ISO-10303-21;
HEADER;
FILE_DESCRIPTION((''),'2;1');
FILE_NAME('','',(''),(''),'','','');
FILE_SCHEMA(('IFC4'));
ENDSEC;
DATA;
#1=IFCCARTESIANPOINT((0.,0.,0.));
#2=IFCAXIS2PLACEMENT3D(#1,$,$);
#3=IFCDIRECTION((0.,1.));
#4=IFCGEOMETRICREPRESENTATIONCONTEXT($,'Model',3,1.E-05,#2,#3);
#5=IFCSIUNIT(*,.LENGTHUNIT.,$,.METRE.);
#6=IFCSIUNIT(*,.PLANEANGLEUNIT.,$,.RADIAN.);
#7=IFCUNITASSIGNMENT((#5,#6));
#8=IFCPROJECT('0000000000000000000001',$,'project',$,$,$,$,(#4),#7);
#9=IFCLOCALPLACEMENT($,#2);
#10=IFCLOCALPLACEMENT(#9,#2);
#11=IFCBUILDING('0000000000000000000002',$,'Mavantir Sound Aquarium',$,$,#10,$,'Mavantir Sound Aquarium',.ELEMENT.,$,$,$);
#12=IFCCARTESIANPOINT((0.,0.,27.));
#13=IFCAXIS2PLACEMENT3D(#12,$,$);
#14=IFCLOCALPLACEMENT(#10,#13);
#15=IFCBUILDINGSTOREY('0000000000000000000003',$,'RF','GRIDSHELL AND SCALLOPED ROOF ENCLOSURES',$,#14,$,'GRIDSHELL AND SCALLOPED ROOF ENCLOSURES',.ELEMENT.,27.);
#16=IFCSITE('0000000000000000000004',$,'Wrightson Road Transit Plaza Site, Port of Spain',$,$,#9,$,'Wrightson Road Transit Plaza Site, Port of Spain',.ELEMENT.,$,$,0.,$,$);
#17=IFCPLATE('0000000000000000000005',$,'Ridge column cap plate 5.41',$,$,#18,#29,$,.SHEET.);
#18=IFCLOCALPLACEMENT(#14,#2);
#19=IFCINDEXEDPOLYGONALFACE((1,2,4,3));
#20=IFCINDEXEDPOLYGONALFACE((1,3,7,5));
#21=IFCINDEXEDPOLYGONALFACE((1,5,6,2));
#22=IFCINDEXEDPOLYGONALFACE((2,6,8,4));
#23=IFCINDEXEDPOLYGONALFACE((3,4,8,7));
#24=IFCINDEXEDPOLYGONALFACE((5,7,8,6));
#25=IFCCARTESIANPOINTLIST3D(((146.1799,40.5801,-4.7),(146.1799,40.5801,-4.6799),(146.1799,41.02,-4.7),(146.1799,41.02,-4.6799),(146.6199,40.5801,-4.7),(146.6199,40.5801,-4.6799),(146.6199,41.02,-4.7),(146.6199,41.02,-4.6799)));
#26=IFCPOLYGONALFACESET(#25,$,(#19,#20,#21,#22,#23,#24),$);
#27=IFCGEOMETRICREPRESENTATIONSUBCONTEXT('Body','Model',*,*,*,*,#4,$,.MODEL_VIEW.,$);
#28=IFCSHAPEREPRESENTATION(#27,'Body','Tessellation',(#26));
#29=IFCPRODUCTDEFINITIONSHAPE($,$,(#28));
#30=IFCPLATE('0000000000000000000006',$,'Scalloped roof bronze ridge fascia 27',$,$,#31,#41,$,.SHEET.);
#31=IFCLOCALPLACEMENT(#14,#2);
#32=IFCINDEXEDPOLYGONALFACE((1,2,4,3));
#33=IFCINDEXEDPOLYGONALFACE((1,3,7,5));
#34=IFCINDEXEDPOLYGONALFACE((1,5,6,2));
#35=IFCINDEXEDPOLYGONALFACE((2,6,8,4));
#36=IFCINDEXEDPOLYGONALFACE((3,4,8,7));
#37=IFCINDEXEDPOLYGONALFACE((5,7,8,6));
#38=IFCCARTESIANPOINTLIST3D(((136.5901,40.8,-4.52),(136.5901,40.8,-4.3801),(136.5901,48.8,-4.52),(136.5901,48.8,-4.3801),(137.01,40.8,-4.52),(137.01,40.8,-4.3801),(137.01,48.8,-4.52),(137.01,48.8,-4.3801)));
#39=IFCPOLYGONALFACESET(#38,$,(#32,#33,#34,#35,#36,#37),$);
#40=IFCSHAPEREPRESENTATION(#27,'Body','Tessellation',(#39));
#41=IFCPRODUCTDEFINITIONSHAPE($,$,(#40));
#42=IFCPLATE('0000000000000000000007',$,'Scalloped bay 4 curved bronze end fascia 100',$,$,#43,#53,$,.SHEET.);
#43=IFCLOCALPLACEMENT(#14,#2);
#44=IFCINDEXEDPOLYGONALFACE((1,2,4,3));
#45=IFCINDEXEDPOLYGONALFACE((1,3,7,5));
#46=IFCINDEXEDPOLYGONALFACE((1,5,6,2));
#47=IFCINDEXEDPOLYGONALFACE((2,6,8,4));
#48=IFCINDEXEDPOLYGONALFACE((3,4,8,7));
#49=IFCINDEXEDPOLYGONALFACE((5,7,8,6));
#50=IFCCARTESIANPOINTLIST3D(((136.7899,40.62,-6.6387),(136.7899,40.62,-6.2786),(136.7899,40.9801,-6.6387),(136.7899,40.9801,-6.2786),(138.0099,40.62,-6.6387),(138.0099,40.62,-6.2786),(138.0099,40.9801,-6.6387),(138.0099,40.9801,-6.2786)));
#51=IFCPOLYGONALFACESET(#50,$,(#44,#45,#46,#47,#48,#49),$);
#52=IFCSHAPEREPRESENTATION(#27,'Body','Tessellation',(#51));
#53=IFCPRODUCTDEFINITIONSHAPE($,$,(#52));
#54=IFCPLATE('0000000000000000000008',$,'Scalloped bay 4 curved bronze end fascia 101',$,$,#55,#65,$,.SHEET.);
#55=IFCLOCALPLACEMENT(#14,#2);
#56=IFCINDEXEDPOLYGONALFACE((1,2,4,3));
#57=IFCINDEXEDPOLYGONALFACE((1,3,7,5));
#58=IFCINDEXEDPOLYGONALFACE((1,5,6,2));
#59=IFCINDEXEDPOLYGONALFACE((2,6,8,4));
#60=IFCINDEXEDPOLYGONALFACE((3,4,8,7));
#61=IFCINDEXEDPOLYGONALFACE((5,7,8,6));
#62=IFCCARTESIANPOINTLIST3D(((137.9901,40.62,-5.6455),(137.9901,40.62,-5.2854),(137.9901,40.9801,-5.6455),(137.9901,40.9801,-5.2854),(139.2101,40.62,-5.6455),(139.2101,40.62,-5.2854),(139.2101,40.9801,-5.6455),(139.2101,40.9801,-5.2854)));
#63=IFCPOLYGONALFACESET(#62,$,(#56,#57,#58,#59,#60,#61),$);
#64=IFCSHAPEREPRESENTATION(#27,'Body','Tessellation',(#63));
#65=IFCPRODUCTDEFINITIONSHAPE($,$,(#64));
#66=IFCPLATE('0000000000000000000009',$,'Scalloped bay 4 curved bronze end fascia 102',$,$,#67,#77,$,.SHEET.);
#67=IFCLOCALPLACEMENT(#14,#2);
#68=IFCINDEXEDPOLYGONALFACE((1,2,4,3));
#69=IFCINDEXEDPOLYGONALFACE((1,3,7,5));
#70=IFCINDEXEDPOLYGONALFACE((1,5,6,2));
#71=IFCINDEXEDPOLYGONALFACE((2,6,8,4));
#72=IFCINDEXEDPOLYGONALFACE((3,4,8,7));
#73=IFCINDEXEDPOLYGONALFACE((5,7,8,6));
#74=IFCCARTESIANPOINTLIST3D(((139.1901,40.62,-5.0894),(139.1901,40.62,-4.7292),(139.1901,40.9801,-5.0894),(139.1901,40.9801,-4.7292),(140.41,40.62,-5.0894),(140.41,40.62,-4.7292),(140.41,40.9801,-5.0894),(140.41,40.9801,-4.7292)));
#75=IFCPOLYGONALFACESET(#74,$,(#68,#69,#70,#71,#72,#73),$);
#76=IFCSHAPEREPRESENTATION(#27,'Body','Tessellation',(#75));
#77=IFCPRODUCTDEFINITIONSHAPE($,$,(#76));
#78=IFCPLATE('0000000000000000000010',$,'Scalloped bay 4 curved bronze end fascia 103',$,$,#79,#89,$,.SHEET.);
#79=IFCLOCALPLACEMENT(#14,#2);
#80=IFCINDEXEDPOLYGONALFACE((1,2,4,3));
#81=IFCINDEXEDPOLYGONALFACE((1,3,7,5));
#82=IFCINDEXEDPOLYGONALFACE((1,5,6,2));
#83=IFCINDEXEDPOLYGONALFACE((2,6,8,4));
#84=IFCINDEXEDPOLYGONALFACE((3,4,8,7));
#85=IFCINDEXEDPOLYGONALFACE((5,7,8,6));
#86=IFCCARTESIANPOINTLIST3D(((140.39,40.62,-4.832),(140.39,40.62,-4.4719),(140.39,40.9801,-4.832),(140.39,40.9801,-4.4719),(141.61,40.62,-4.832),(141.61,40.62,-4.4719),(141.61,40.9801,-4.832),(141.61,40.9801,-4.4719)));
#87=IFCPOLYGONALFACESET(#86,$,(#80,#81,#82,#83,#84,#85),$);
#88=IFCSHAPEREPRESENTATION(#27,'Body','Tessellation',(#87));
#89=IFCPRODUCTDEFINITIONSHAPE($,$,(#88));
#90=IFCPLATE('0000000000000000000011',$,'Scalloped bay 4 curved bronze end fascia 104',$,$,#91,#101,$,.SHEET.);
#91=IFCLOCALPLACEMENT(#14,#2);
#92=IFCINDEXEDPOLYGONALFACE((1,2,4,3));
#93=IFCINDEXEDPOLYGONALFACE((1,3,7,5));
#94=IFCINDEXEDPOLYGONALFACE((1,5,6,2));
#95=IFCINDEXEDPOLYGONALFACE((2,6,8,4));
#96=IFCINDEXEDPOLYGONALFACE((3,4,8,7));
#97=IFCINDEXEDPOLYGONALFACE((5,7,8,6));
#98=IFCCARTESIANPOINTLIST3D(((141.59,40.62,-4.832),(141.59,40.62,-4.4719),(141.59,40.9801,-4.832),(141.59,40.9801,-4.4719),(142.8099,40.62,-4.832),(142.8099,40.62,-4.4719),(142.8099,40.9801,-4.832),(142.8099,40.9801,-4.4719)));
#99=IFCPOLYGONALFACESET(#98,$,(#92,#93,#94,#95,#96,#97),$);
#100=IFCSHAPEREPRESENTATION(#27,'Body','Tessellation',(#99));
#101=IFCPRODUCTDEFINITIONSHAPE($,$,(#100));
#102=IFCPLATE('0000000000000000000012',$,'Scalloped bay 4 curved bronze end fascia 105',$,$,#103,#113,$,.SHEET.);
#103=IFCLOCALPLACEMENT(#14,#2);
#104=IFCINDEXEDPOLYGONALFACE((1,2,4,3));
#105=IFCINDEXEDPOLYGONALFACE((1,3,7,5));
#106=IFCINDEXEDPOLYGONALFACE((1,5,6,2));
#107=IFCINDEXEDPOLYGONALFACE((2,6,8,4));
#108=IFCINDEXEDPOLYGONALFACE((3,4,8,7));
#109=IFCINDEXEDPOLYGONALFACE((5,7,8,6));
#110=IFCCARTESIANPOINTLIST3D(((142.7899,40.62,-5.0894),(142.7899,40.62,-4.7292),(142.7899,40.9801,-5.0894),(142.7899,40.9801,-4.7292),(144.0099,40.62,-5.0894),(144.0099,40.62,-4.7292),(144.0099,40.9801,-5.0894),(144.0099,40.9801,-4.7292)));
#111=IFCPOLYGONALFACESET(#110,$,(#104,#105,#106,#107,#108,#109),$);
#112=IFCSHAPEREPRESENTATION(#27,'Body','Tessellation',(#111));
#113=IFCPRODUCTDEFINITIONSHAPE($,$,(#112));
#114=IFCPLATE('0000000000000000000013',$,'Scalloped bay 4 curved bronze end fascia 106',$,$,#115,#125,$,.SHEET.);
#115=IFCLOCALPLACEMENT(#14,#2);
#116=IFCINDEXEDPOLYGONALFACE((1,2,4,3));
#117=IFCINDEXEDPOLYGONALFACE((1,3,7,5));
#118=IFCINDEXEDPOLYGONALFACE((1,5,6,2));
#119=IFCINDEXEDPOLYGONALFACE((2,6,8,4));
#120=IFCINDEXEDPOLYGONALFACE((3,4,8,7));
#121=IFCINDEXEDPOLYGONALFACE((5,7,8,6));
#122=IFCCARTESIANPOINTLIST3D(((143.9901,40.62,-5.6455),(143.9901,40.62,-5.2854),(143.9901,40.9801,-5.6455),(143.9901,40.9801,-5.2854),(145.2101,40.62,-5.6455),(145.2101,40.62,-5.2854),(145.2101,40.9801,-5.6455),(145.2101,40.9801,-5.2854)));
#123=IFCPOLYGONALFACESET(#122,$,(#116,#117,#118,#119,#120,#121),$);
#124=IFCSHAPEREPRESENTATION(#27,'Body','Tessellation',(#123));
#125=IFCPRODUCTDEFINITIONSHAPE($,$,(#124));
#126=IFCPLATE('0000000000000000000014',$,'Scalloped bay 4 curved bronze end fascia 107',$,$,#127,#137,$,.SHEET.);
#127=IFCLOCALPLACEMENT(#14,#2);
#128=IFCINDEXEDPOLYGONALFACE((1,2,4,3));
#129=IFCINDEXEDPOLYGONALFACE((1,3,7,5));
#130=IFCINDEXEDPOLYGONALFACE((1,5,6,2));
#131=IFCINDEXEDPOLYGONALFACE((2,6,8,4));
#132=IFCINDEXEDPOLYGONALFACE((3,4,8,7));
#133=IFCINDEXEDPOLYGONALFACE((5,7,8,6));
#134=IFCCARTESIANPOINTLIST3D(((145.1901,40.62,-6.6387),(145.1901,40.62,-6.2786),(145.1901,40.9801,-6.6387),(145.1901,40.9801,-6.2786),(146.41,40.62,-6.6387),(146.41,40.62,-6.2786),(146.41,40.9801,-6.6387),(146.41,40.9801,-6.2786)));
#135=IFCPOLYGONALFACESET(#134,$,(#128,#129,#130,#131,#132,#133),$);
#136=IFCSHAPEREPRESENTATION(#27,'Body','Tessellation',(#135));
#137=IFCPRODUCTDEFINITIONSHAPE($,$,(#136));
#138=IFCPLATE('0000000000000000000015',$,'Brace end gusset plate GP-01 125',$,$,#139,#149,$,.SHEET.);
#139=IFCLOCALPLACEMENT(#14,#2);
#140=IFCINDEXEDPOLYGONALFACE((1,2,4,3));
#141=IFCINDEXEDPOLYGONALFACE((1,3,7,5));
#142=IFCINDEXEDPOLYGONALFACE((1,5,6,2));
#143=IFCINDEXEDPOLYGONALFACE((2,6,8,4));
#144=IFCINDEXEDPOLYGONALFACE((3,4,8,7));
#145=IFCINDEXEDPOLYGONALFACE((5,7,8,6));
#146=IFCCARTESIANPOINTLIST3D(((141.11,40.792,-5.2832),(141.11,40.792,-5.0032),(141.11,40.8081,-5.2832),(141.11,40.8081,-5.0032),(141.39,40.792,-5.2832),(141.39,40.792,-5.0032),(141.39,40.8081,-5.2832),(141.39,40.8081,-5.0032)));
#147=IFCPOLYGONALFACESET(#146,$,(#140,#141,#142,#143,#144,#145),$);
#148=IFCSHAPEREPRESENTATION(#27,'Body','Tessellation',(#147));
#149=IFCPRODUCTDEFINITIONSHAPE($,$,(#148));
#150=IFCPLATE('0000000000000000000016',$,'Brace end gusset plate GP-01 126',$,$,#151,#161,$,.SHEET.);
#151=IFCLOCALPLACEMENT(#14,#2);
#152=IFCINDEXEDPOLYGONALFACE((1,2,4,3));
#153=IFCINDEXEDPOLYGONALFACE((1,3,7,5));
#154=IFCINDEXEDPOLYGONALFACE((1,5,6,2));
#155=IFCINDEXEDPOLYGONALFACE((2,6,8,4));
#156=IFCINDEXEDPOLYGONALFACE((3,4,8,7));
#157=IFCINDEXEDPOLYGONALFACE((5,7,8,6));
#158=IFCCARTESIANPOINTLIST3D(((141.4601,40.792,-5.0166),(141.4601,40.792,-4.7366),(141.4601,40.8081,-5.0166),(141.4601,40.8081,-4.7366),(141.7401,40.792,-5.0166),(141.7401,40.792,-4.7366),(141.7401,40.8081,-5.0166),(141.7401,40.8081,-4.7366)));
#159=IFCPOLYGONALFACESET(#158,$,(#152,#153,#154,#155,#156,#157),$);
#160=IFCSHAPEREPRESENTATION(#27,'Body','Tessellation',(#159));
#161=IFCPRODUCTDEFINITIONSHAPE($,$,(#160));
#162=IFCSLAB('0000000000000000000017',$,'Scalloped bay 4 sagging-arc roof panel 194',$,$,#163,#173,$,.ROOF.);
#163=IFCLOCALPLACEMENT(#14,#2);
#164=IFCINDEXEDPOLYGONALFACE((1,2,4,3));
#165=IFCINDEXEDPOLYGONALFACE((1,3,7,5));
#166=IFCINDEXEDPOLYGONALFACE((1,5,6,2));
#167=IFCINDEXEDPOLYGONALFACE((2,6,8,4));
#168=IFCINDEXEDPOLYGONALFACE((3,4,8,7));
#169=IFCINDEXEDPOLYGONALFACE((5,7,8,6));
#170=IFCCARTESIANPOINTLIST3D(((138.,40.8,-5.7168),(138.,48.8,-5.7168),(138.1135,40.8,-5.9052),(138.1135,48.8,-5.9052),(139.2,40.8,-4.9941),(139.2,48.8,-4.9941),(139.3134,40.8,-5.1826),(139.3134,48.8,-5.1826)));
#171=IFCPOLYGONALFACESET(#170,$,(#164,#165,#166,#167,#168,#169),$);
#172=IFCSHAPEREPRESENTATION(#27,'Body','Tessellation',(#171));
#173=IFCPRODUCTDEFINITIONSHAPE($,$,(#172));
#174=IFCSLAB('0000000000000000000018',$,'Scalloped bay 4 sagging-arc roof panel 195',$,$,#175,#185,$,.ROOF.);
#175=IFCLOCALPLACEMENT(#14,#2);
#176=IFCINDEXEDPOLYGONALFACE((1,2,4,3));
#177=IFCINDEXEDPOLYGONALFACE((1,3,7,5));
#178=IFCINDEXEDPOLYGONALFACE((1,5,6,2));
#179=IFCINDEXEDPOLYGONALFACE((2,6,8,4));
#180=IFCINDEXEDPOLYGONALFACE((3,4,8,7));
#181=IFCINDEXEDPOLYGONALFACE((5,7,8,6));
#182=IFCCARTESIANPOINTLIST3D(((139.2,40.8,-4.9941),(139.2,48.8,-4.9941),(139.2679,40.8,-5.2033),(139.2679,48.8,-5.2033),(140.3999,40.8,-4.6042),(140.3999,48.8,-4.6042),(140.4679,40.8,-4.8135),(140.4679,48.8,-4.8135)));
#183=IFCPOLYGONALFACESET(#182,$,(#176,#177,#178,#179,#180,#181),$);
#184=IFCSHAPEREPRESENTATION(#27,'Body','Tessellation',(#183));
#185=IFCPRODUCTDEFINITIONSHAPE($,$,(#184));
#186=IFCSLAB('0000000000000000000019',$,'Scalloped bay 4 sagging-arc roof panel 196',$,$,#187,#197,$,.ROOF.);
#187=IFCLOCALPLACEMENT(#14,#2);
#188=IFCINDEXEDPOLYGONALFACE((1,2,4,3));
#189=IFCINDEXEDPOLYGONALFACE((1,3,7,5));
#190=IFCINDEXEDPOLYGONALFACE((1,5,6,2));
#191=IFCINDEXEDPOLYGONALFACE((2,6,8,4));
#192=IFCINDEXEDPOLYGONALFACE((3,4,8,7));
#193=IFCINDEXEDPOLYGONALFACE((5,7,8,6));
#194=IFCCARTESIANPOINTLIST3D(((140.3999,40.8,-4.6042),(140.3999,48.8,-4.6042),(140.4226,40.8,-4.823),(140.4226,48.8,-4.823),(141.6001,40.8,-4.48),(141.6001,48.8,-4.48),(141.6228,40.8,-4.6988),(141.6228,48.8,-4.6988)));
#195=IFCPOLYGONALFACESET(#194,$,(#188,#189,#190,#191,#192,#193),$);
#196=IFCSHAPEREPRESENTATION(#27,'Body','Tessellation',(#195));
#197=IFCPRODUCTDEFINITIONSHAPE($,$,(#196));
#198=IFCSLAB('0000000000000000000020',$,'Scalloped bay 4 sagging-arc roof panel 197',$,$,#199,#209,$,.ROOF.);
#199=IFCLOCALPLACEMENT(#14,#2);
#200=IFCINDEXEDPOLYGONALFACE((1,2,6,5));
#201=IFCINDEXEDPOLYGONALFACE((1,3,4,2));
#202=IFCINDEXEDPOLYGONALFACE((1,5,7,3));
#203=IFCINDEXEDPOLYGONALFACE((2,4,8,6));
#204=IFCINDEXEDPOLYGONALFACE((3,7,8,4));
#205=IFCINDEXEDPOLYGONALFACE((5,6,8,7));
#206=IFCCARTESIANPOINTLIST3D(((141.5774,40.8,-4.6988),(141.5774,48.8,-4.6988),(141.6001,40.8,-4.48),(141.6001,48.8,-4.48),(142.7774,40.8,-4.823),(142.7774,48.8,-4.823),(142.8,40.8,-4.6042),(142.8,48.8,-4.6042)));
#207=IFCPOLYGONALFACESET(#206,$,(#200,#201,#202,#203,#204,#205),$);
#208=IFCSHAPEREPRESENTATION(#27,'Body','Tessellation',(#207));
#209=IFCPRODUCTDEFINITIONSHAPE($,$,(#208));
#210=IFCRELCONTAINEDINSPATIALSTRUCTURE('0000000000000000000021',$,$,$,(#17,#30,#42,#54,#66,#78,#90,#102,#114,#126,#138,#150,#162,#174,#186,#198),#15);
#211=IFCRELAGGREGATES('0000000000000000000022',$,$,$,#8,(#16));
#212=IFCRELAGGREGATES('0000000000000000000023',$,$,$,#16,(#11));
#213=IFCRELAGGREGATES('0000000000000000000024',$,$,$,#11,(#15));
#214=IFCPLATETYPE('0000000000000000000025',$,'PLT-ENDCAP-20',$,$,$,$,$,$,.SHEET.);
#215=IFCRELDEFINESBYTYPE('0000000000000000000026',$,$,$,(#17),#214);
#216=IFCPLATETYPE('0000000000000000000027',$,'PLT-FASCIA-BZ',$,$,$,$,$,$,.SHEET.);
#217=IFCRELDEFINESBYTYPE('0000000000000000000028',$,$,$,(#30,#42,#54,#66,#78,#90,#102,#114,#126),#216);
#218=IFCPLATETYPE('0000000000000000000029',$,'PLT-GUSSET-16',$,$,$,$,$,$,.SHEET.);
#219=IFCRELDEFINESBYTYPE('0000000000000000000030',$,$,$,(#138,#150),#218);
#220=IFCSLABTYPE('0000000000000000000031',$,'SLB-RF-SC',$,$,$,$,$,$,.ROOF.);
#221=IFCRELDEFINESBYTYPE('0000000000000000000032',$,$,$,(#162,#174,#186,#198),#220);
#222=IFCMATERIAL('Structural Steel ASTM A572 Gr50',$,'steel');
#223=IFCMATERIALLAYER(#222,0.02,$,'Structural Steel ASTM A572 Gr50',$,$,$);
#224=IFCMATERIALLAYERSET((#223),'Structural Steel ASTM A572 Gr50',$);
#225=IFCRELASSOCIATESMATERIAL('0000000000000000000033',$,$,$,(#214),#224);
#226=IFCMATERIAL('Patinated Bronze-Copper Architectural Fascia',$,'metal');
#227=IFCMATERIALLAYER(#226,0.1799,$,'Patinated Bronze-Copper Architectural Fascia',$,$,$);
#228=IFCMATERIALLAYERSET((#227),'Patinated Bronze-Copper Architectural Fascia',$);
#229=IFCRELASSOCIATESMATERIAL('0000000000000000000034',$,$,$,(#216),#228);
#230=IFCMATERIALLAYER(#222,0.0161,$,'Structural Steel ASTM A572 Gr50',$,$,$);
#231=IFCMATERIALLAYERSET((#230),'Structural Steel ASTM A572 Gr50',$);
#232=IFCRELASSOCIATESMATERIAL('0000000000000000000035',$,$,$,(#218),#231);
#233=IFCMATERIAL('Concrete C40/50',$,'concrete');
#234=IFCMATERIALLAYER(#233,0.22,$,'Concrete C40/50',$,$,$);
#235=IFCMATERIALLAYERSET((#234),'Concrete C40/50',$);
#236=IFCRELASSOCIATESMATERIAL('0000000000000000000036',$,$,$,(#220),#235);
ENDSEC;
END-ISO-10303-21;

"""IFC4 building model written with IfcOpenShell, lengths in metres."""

from ifc_helpers import new_model, si_unit, direction, frame, origin, origin_2d, place, context, subcontext, project, spatial, polyline, rectangle, outline, extrude, material, layer, layer_set, type_object, element, save


model = new_model("IFC4")

# Units and contexts
model_context = context("Model", 3, precision=1e-05, world=origin(), true_north=direction((0.0, 1.0)))
body_context = subcontext(model_context, "Body", "Model", "MODEL_VIEW")
ifc_project = project(units=[si_unit("LENGTHUNIT", "METRE"), si_unit("PLANEANGLEUNIT", "RADIAN")], contexts=[model_context])

# Site, building, storey
site_placement = place(None, origin())
site = spatial("IfcSite", under=ifc_project, at=site_placement, Name="Wrightson Road Transit Plaza Site, Port of Spain", LongName="Wrightson Road Transit Plaza Site, Port of Spain", CompositionType="ELEMENT", RefElevation=0.0)
building_placement = place(site_placement, origin())
building = spatial("IfcBuilding", under=site, at=building_placement, Name="Mavantir Sound Aquarium", LongName="Mavantir Sound Aquarium", CompositionType="ELEMENT")
storey_placement = place(building_placement, frame((0.0, 0.0, 27.0)))
storey = spatial("IfcBuildingStorey", under=building, at=storey_placement, Name="RF", Description="GRIDSHELL AND SCALLOPED ROOF ENCLOSURES", LongName="GRIDSHELL AND SCALLOPED ROOF ENCLOSURES", CompositionType="ELEMENT", Elevation=27.0)

# Shared definitions
ifc_material_1 = material(Name="Concrete C40/50", Category="concrete")

# Plates
ifc_material_2 = material(Name="Structural Steel ASTM A572 Gr50", Category="steel")
ifc_layer_1 = layer(ifc_material_2, 0.02, Name="Structural Steel ASTM A572 Gr50")
ifc_layer_set_1 = layer_set([ifc_layer_1], Name="Structural Steel ASTM A572 Gr50")
plate_type_1 = type_object("IfcPlateType", Name="PLT-ENDCAP-20", PredefinedType="SHEET", material=ifc_layer_set_1)
plate_1_placement = place(storey_placement, frame((146.3999, 40.8, -4.7), z_axis=(0.0, 0.0, 1.0), x_axis=(1.0, 0.0, 0.0)))
element("IfcPlate", 1, at=plate_1_placement, inside=storey, type_object=plate_type_1, Name="Ridge column cap plate 5.41", PredefinedType="SHEET", context=body_context, shape_type="SweptSolid", body=[
    extrude(rectangle(XDim=0.4399, YDim=0.4399, at=origin_2d()), origin(), (0.0, 0.0, 1.0), 0.02),
])
ifc_material_3 = material(Name="Patinated Bronze-Copper Architectural Fascia", Category="metal")
ifc_layer_2 = layer(ifc_material_3, 0.1799, Name="Patinated Bronze-Copper Architectural Fascia")
ifc_layer_set_2 = layer_set([ifc_layer_2], Name="Patinated Bronze-Copper Architectural Fascia")
plate_type_2 = type_object("IfcPlateType", Name="PLT-FASCIA-BZ", PredefinedType="SHEET", material=ifc_layer_set_2)
plate_2_placement = place(storey_placement, frame((136.8, 44.8, -4.52), z_axis=(0.0, 0.0, 1.0), x_axis=(1.0, 0.0, 0.0)))
element("IfcPlate", 2, at=plate_2_placement, inside=storey, type_object=plate_type_2, Name="Scalloped roof bronze ridge fascia 27", PredefinedType="SHEET", context=body_context, shape_type="SweptSolid", body=[
    extrude(rectangle(XDim=0.4199, YDim=8.0, at=origin_2d()), origin(), (0.0, 0.0, 1.0), 0.1399),
])
for number, where, z_axis, x_axis, name in (
    (3, (137.3999, 40.8, -6.6387), (0.0, 0.0, 1.0), (1.0, 0.0, 0.0), "Scalloped bay 4 curved bronze end fascia 100"),
    (4, (138.6001, 40.8, -5.6455), (0.0, 0.0, 1.0), (1.0, 0.0, 0.0), "Scalloped bay 4 curved bronze end fascia 101"),
    (5, (139.8, 40.8, -5.0894), (0.0, 0.0, 1.0), (1.0, 0.0, 0.0), "Scalloped bay 4 curved bronze end fascia 102"),
    (6, (141.0, 40.8, -4.832), (0.0, 0.0, 1.0), (1.0, 0.0, 0.0), "Scalloped bay 4 curved bronze end fascia 103"),
    (7, (142.2, 40.8, -4.832), (0.0, 0.0, 1.0), (1.0, 0.0, 0.0), "Scalloped bay 4 curved bronze end fascia 104"),
    (8, (143.3999, 40.8, -5.0894), (0.0, 0.0, 1.0), (1.0, 0.0, 0.0), "Scalloped bay 4 curved bronze end fascia 105"),
    (9, (144.6001, 40.8, -5.6455), (0.0, 0.0, 1.0), (1.0, 0.0, 0.0), "Scalloped bay 4 curved bronze end fascia 106"),
    (10, (145.8, 40.8, -6.6387), (0.0, 0.0, 1.0), (1.0, 0.0, 0.0), "Scalloped bay 4 curved bronze end fascia 107"),
):
    element("IfcPlate", number, at=place(storey_placement, frame(where, z_axis=z_axis, x_axis=x_axis)), inside=storey, type_object=plate_type_2, Name=name, PredefinedType="SHEET", context=body_context, shape_type="SweptSolid", body=[
        extrude(rectangle(XDim=1.22, YDim=0.3601, at=origin_2d()), origin(), (0.0, 0.0, 1.0), 0.3601),
    ])
ifc_layer_3 = layer(ifc_material_2, 0.0161, Name="Structural Steel ASTM A572 Gr50")
ifc_layer_set_3 = layer_set([ifc_layer_3], Name="Structural Steel ASTM A572 Gr50")
plate_type_3 = type_object("IfcPlateType", Name="PLT-GUSSET-16", PredefinedType="SHEET", material=ifc_layer_set_3)
for number, where, z_axis, x_axis, name in (
    (11, (141.25, 40.8, -5.2832), (0.0, 0.0, 1.0), (1.0, 0.0, 0.0), "Brace end gusset plate GP-01 125"),
    (12, (141.6001, 40.8, -5.0166), (0.0, 0.0, 1.0), (1.0, 0.0, 0.0), "Brace end gusset plate GP-01 126"),
):
    element("IfcPlate", number, at=place(storey_placement, frame(where, z_axis=z_axis, x_axis=x_axis)), inside=storey, type_object=plate_type_3, Name=name, PredefinedType="SHEET", context=body_context, shape_type="SweptSolid", body=[
        extrude(rectangle(XDim=0.28, YDim=0.0161, at=origin_2d()), origin(), (0.0, 0.0, 1.0), 0.28),
    ])

# Slabs
ifc_layer_4 = layer(ifc_material_1, 0.22, Name="Concrete C40/50")
ifc_layer_set_4 = layer_set([ifc_layer_4], Name="Concrete C40/50")
slab_type = type_object("IfcSlabType", Name="SLB-RF-SC", PredefinedType="ROOF", material=ifc_layer_set_4)
slab_1_placement = place(storey_placement, frame((138.0, 40.8, -5.7168), z_axis=(-0.515905, 0.0, 0.856646), x_axis=(0.856646, 0.0, 0.515905)))
element("IfcSlab", 13, at=slab_1_placement, inside=storey, type_object=slab_type, Name="Scalloped bay 4 sagging-arc roof panel 194", PredefinedType="ROOF", context=body_context, shape_type="SweptSolid", body=[
    extrude(outline(polyline([(0.0, 0.0), (1.4008, 0.0), (1.4008, 8.0), (0.0, 8.0), (0.0, 0.0)])), origin(), (0.0, 0.0, -1.0), 0.22),
])
slab_2_placement = place(storey_placement, frame((139.2, 40.8, -4.9941), z_axis=(-0.30902, 0.0, 0.951055), x_axis=(0.951055, 0.0, 0.30902)))
element("IfcSlab", 14, at=slab_2_placement, inside=storey, type_object=slab_type, Name="Scalloped bay 4 sagging-arc roof panel 195", PredefinedType="ROOF", context=body_context, shape_type="SweptSolid", body=[
    extrude(outline(polyline([(0.0, 0.0), (1.2617, 0.0), (1.2617, 8.0), (0.0, 8.0), (0.0, 0.0)])), origin(), (0.0, 0.0, -1.0), 0.22),
])
slab_3_placement = place(storey_placement, frame((140.3999, 40.8, -4.6042), z_axis=(-0.102989, 0.0, 0.994683), x_axis=(0.994683, 0.0, 0.102989)))
element("IfcSlab", 15, at=slab_3_placement, inside=storey, type_object=slab_type, Name="Scalloped bay 4 sagging-arc roof panel 196", PredefinedType="ROOF", context=body_context, shape_type="SweptSolid", body=[
    extrude(outline(polyline([(0.0, 0.0), (1.2066, 0.0), (1.2066, 8.0), (0.0, 8.0), (0.0, 0.0)])), origin(), (0.0, 0.0, -1.0), 0.22),
])
slab_4_placement = place(storey_placement, frame((141.6001, 40.8, -4.48), z_axis=(0.10301, 0.0, 0.99468), x_axis=(0.99468, 0.0, -0.10301)))
element("IfcSlab", 16, at=slab_4_placement, inside=storey, type_object=slab_type, Name="Scalloped bay 4 sagging-arc roof panel 197", PredefinedType="ROOF", context=body_context, shape_type="SweptSolid", body=[
    extrude(outline(polyline([(0.0, 0.0), (1.2064, 0.0), (1.2064, 8.0), (0.0, 8.0), (0.0, 0.0)])), origin(), (0.0, 0.0, -1.0), 0.22),
])

save(model, "model.ifc")
